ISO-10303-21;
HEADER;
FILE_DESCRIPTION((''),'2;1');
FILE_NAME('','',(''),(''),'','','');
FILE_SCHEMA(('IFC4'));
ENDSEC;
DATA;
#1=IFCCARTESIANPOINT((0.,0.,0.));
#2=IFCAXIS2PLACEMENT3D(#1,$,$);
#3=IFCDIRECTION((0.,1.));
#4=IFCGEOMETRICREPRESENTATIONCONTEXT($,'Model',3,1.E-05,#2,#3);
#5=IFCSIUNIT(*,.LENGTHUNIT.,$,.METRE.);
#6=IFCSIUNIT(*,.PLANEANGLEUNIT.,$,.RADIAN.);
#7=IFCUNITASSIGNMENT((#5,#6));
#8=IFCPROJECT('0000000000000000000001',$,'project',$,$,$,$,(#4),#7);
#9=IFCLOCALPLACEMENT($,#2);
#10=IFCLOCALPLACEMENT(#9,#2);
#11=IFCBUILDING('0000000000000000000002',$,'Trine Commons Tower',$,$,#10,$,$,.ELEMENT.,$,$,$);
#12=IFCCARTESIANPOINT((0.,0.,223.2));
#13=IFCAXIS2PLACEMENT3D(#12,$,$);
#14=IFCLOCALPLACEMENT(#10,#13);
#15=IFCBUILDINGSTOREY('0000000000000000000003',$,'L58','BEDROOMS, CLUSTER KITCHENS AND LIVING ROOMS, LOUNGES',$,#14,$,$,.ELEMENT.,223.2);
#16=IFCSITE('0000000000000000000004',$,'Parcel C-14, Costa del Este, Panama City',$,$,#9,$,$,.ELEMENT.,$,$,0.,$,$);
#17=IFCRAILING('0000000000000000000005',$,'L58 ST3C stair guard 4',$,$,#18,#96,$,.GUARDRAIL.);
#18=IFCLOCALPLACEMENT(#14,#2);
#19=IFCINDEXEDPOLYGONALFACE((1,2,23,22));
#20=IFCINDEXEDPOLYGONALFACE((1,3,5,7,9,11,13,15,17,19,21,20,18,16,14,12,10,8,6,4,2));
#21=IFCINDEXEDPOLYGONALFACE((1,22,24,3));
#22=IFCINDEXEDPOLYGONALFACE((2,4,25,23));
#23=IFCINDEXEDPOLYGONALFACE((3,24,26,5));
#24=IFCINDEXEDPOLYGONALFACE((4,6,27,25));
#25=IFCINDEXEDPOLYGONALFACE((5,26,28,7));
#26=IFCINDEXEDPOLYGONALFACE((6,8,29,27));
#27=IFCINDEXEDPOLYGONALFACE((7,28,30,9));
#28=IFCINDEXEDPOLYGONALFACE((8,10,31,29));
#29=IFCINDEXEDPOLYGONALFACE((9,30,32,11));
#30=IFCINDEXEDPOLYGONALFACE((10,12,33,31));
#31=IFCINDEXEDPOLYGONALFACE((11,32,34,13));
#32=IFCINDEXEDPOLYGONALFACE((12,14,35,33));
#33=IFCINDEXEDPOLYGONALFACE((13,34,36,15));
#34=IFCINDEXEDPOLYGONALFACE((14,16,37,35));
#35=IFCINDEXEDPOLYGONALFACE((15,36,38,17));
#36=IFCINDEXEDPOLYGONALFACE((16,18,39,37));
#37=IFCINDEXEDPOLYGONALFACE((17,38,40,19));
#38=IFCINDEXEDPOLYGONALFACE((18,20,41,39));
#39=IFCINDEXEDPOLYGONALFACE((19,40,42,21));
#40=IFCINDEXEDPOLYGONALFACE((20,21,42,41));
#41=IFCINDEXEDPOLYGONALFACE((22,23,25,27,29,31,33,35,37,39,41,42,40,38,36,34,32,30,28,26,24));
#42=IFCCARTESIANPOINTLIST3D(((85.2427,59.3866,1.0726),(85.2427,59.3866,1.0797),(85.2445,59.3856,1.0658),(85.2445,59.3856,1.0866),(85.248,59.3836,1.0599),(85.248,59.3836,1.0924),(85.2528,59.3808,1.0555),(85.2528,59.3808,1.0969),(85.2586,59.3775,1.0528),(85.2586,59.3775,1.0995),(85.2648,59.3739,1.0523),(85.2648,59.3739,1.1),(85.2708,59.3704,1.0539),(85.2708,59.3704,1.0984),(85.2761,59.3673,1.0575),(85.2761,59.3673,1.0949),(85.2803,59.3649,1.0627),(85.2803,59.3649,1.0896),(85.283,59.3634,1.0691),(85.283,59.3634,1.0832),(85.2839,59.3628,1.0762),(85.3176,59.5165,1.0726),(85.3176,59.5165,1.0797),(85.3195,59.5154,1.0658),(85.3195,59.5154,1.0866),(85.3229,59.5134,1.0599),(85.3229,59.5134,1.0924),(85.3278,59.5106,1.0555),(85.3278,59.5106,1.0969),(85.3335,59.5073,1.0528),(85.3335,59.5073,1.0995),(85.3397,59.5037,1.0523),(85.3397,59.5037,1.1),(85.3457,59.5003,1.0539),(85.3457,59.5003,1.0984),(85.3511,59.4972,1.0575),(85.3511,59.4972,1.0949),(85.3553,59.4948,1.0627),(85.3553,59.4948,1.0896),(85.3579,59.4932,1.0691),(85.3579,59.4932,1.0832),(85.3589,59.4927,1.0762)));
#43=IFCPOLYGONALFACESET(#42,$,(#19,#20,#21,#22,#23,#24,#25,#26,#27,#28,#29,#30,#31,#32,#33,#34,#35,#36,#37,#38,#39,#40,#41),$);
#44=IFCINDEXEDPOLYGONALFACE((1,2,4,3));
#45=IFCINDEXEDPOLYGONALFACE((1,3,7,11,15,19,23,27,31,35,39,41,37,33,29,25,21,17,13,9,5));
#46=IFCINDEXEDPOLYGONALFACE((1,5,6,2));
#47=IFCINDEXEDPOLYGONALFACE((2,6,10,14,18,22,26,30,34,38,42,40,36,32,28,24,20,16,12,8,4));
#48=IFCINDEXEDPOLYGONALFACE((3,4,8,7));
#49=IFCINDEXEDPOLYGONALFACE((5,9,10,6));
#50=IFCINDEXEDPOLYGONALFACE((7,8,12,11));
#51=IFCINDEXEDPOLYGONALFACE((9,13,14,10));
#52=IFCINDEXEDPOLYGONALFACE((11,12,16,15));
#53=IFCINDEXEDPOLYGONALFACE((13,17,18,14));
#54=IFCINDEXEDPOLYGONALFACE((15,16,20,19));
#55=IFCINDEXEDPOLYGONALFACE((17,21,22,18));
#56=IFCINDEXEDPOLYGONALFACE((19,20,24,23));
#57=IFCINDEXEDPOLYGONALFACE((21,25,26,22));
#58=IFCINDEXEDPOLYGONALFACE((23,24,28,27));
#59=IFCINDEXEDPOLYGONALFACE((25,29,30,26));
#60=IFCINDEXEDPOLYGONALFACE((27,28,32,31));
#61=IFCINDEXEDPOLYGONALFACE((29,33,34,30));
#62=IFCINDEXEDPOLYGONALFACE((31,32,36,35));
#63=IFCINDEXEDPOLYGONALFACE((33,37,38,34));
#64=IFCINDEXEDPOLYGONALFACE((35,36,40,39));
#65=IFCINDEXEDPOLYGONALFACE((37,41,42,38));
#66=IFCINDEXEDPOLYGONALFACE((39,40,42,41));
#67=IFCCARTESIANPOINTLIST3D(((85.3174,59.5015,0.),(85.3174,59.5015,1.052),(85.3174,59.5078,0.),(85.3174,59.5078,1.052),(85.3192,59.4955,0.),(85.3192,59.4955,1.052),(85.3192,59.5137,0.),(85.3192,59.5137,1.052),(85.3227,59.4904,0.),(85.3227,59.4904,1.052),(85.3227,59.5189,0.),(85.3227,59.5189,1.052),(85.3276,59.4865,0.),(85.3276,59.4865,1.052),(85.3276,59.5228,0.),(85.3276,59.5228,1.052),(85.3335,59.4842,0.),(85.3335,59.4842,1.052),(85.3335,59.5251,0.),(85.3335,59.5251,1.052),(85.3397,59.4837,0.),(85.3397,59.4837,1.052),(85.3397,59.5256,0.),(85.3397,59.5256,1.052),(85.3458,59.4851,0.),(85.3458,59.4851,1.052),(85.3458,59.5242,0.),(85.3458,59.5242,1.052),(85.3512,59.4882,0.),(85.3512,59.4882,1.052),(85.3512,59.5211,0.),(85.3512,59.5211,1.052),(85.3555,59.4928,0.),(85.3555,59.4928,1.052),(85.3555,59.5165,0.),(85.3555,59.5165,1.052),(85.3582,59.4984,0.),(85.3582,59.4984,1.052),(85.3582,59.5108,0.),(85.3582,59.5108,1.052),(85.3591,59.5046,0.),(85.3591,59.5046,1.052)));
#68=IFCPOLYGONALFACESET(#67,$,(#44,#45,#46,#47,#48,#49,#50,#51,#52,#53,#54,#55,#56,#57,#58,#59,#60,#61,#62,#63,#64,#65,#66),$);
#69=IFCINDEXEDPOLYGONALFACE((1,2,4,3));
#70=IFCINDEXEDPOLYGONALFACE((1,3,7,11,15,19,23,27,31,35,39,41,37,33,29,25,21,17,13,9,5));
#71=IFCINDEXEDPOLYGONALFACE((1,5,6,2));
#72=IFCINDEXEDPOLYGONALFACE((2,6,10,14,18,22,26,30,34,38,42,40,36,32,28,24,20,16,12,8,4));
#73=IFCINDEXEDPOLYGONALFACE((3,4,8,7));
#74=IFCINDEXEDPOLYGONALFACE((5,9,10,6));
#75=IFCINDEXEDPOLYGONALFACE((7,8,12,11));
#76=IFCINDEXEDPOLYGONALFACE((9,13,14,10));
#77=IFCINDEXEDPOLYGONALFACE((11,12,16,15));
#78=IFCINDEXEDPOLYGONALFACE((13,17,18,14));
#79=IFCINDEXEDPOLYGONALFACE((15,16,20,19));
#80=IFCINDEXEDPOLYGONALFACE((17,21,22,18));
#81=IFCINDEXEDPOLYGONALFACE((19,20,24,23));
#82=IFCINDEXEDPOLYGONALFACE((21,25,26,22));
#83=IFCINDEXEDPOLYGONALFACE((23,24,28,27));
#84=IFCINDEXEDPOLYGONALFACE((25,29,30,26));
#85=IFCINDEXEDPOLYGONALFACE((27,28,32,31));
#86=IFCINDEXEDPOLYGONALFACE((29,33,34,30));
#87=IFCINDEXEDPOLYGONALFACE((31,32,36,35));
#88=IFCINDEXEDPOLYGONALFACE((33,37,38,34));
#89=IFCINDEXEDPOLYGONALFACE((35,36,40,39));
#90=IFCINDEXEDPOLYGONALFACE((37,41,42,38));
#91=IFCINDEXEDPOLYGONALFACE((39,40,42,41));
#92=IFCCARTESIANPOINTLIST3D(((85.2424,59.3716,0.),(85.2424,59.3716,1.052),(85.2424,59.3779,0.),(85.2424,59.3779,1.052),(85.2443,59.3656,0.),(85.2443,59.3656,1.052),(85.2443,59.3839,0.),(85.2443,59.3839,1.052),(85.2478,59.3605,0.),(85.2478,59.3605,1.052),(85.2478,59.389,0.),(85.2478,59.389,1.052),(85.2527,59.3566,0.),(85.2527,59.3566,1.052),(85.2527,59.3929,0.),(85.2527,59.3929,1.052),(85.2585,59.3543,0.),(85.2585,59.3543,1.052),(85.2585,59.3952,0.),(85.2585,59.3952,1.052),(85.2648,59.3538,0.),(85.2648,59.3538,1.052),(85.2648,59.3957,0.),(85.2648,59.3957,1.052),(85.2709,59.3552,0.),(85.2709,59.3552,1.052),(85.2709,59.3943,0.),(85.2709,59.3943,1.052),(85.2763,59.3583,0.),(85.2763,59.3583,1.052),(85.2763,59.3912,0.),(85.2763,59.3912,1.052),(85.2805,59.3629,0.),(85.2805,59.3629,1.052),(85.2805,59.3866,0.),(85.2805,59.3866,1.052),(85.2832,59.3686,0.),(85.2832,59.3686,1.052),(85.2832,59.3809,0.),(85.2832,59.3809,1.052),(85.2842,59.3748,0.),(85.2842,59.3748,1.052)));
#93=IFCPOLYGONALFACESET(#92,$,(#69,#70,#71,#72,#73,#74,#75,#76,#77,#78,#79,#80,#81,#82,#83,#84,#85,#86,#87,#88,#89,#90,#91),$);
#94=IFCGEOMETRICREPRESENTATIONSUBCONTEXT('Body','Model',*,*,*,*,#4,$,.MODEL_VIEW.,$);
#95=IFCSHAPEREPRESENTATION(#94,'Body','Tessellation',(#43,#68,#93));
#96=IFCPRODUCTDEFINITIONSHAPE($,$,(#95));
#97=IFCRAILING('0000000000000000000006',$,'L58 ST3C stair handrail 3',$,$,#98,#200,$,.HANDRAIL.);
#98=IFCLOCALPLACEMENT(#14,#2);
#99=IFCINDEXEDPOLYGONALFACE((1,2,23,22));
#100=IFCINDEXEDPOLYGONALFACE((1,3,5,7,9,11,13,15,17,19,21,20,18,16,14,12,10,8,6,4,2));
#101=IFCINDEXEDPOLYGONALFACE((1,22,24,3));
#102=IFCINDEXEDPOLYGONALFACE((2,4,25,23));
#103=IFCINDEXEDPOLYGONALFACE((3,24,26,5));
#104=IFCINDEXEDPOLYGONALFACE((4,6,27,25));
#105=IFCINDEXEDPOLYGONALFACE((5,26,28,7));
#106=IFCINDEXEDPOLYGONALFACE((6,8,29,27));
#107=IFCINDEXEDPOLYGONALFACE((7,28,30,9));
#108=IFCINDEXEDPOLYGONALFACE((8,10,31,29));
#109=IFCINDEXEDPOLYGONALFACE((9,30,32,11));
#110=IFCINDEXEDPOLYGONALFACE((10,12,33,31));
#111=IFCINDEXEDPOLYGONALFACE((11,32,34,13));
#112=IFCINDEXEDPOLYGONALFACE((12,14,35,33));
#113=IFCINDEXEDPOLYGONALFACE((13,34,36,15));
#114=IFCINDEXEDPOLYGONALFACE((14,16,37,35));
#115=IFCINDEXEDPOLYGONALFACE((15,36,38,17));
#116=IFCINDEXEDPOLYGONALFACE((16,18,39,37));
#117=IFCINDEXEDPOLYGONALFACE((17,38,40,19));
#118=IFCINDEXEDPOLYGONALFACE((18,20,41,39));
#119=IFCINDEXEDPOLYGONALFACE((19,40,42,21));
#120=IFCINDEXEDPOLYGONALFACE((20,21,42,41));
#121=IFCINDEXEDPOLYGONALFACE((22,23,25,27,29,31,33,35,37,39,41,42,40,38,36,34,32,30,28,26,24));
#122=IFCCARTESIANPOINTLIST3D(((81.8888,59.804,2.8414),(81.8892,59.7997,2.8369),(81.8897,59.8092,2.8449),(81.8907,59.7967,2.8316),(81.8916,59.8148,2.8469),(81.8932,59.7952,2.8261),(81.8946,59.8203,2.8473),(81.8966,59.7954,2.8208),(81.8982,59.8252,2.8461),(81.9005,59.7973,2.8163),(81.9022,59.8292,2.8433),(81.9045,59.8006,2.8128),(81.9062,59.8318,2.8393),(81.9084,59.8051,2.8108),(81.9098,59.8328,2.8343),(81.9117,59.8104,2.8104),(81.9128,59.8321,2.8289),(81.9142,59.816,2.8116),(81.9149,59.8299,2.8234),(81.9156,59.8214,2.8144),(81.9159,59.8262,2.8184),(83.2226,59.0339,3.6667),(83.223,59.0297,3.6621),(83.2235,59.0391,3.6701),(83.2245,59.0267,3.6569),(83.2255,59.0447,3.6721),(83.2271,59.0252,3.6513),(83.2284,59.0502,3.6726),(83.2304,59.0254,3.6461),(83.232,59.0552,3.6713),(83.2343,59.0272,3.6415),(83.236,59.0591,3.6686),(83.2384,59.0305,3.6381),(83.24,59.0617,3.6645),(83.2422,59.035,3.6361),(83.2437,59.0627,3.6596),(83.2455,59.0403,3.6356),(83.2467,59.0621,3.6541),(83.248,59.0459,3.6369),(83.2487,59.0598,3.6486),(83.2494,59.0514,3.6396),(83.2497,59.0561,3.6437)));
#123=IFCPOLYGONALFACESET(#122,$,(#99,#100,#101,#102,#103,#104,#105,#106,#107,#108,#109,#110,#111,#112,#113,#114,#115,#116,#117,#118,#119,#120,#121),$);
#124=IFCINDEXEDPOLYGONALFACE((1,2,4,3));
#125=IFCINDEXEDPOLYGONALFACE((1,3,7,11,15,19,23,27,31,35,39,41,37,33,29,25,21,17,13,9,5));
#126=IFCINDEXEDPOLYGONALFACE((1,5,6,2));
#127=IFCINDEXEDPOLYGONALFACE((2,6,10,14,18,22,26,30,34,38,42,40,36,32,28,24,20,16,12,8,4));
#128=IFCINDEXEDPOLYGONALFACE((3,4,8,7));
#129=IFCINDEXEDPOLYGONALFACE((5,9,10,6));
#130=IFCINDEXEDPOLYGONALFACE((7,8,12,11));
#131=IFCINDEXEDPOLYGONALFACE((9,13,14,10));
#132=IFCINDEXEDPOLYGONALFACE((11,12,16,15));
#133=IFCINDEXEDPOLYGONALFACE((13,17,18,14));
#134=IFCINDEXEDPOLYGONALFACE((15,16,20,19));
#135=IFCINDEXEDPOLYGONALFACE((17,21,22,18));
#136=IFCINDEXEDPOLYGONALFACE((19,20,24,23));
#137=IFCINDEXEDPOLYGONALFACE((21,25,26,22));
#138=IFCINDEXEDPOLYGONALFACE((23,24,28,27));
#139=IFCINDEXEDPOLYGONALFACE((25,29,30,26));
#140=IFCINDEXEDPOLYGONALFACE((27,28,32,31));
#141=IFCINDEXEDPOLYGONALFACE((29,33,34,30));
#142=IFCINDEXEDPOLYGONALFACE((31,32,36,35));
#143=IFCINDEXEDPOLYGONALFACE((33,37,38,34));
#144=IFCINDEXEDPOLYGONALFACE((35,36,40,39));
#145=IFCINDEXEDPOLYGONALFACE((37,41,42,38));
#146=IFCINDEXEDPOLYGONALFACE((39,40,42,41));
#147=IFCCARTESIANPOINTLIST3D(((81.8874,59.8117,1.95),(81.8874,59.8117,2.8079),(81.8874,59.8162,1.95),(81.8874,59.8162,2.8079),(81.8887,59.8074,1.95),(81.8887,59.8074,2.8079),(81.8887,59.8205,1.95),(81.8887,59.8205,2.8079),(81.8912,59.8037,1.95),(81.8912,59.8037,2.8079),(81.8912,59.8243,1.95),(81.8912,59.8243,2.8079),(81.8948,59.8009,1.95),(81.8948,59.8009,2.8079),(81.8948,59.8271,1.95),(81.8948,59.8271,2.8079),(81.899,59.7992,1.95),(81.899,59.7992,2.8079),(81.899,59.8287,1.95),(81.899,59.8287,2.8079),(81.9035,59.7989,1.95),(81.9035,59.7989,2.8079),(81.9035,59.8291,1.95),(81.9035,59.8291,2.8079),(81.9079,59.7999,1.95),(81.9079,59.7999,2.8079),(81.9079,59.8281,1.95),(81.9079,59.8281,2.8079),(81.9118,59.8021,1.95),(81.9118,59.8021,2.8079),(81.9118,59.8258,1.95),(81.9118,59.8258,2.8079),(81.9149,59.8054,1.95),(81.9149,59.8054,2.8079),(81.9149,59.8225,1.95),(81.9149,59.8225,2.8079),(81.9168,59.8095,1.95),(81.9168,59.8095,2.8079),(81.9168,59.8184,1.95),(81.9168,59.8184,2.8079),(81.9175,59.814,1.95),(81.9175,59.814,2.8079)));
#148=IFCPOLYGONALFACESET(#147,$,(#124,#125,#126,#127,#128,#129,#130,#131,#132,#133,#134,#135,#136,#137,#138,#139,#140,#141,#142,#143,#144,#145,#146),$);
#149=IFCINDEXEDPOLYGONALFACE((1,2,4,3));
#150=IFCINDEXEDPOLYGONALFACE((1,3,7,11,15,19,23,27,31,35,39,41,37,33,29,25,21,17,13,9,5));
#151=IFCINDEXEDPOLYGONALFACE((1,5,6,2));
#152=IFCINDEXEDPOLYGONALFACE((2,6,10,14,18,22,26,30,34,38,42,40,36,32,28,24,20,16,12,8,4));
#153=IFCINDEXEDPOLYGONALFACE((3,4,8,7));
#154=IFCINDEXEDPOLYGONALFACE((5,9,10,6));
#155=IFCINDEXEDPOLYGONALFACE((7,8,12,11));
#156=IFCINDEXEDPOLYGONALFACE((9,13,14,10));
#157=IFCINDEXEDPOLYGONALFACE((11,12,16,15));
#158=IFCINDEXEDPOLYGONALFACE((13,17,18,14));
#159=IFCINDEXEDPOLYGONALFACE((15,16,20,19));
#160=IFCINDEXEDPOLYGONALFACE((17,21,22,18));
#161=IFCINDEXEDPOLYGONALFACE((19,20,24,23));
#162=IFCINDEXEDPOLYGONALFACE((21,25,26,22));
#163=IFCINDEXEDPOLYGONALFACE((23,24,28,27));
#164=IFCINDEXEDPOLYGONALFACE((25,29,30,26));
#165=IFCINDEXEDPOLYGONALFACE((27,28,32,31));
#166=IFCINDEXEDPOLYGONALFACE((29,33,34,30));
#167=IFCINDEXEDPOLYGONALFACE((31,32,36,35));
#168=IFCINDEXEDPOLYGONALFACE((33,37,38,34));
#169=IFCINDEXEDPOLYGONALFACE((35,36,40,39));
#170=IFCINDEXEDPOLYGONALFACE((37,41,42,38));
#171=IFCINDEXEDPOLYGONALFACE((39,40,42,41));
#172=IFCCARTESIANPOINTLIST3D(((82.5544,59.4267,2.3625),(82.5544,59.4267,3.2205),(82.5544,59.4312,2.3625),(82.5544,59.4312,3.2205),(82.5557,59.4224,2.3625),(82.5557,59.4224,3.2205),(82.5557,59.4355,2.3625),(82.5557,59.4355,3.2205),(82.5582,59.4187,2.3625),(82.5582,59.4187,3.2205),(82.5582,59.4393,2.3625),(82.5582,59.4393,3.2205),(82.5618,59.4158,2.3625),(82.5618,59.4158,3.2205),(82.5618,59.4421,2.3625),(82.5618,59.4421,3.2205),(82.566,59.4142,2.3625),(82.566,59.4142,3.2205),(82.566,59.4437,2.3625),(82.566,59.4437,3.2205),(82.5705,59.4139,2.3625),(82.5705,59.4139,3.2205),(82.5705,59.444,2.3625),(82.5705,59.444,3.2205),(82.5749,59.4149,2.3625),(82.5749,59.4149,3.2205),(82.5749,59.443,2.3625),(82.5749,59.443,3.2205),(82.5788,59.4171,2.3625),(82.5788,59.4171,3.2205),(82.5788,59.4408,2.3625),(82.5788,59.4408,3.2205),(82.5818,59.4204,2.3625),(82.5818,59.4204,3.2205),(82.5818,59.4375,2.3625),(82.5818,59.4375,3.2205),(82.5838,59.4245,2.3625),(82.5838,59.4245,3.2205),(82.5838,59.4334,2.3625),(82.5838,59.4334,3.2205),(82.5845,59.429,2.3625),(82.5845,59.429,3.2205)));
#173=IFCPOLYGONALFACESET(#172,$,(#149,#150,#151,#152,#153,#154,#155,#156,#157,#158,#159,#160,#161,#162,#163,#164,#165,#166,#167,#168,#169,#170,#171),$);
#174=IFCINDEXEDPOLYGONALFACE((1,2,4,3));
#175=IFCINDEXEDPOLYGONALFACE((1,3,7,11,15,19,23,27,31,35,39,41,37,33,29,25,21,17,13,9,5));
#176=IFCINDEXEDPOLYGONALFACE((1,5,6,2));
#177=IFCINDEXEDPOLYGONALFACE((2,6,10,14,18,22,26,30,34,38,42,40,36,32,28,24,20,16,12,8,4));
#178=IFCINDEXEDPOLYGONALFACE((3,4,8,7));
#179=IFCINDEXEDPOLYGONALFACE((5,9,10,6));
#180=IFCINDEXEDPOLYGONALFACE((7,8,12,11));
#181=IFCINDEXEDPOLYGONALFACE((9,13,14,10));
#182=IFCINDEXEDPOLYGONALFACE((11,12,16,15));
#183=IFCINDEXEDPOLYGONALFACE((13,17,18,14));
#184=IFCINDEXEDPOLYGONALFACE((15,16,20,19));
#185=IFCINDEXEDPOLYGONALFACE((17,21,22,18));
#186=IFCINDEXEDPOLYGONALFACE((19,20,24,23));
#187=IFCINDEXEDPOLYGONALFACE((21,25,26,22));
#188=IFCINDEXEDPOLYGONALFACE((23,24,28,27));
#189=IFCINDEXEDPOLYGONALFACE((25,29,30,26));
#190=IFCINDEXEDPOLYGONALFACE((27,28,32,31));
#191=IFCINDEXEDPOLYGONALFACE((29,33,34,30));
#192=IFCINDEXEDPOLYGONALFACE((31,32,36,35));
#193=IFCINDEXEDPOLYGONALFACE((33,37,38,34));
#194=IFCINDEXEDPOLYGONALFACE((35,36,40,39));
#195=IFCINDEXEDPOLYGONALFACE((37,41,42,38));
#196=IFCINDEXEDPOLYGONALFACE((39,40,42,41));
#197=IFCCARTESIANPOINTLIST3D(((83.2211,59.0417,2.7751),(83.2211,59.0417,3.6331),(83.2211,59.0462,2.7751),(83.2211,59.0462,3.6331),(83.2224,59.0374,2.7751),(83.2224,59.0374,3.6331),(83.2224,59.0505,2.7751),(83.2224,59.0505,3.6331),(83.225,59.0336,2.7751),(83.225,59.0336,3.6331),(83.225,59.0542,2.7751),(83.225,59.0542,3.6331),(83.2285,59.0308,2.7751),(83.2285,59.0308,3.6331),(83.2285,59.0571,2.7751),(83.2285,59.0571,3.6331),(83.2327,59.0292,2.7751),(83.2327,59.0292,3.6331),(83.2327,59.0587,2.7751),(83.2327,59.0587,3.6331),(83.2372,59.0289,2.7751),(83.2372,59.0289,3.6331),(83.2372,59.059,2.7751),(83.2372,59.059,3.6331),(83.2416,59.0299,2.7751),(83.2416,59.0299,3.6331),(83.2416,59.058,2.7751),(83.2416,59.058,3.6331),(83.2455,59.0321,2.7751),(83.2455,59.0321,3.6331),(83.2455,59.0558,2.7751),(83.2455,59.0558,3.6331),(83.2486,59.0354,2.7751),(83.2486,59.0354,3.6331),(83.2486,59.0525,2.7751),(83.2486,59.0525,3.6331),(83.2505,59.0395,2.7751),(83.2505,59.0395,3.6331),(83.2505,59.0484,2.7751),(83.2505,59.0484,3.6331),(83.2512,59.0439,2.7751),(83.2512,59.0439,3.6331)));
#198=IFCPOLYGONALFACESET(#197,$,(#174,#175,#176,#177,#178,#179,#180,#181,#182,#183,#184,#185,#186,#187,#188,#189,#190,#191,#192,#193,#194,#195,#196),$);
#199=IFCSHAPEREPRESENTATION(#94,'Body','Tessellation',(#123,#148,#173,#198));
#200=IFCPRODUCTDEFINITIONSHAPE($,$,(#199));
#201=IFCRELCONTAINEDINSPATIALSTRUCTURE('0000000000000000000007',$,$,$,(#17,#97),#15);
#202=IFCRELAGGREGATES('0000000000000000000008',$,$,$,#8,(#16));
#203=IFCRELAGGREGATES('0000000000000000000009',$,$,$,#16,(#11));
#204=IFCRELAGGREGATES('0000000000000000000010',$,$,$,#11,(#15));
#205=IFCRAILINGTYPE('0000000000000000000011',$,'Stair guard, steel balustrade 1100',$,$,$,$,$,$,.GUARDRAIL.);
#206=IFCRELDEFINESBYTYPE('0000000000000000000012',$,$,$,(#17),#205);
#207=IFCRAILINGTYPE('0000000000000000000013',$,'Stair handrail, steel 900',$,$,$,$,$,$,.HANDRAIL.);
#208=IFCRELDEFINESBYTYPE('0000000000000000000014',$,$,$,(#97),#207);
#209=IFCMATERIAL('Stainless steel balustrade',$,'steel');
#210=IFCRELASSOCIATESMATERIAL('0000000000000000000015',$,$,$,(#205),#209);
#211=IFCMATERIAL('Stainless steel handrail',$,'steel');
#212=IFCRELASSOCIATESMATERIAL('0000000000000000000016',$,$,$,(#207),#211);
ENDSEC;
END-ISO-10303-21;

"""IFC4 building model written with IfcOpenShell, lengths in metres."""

from ifc_helpers import new_model, si_unit, direction, frame, origin, origin_2d, place, context, subcontext, project, spatial, circle, extrude, material, type_object, element, save


model = new_model("IFC4")

# Units and contexts
model_context = context("Model", 3, precision=1e-05, world=origin(), true_north=direction((0.0, 1.0)))
body_context = subcontext(model_context, "Body", "Model", "MODEL_VIEW")
ifc_project = project(units=[si_unit("LENGTHUNIT", "METRE"), si_unit("PLANEANGLEUNIT", "RADIAN")], contexts=[model_context])

# Site, building, storey
site_placement = place(None, origin())
site = spatial("IfcSite", under=ifc_project, at=site_placement, Name="Parcel C-14, Costa del Este, Panama City", CompositionType="ELEMENT", RefElevation=0.0)
building_placement = place(site_placement, origin())
building = spatial("IfcBuilding", under=site, at=building_placement, Name="Trine Commons Tower", CompositionType="ELEMENT")
storey_placement = place(building_placement, frame((0.0, 0.0, 223.2)))
storey = spatial("IfcBuildingStorey", under=building, at=storey_placement, Name="L58", Description="BEDROOMS, CLUSTER KITCHENS AND LIVING ROOMS, LOUNGES", CompositionType="ELEMENT", Elevation=223.2)

# Railings
ifc_material_1 = material(Name="Stainless steel balustrade", Category="steel")
railing_type_1 = type_object("IfcRailingType", Name="Stair guard, steel balustrade 1100", PredefinedType="GUARDRAIL", material=ifc_material_1)
railing_1_placement = place(storey_placement, frame((85.3381, 59.5046, 0.0)))
element("IfcRailing", 1, at=railing_1_placement, inside=storey, type_object=railing_type_1, Name="L58 ST3C stair guard 4", PredefinedType="GUARDRAIL", context=body_context, shape_type="SweptSolid", body=[
    extrude(circle(Radius=0.0239, at=origin_2d()), frame((0.0, 0.0, 1.0762), z_axis=(-0.499816, -0.866131, 0.0), x_axis=(0.866131, -0.499816, 0.0)), (0.0, 0.0, 1.0), 0.1499),
    extrude(circle(Radius=0.021, at=origin_2d()), origin(), (0.0, 0.0, 1.0), 1.052),
    extrude(circle(Radius=0.021, at=origin_2d()), frame((-0.075, -0.1299, 0.0)), (0.0, 0.0, 1.0), 1.052),
])
ifc_material_2 = material(Name="Stainless steel handrail", Category="steel")
railing_type_2 = type_object("IfcRailingType", Name="Stair handrail, steel 900", PredefinedType="HANDRAIL", material=ifc_material_2)
railing_2_placement = place(storey_placement, frame((81.9023, 59.814, 1.95)))
element("IfcRailing", 2, at=railing_2_placement, inside=storey, type_object=railing_type_2, Name="L58 ST3C stair handrail 3", PredefinedType="HANDRAIL", context=body_context, shape_type="SweptSolid", body=[
    extrude(circle(Radius=0.021, at=origin_2d()), frame((0.0, 0.0, 0.8789), z_axis=(0.763355, -0.440714, 0.472293), x_axis=(0.499992, 0.86603, 0.0)), (0.0, 0.0, 1.0), 1.7473),
    extrude(circle(Radius=0.0151, at=origin_2d()), origin(), (0.0, 0.0, 1.0), 0.8579),
    extrude(circle(Radius=0.0151, at=origin_2d()), frame((0.667, -0.385, 0.4126)), (0.0, 0.0, 1.0), 0.8579),
    extrude(circle(Radius=0.0151, at=origin_2d()), frame((1.3337, -0.77, 0.8252)), (0.0, 0.0, 1.0), 0.8579),
])

save(model, "model.ifc")
